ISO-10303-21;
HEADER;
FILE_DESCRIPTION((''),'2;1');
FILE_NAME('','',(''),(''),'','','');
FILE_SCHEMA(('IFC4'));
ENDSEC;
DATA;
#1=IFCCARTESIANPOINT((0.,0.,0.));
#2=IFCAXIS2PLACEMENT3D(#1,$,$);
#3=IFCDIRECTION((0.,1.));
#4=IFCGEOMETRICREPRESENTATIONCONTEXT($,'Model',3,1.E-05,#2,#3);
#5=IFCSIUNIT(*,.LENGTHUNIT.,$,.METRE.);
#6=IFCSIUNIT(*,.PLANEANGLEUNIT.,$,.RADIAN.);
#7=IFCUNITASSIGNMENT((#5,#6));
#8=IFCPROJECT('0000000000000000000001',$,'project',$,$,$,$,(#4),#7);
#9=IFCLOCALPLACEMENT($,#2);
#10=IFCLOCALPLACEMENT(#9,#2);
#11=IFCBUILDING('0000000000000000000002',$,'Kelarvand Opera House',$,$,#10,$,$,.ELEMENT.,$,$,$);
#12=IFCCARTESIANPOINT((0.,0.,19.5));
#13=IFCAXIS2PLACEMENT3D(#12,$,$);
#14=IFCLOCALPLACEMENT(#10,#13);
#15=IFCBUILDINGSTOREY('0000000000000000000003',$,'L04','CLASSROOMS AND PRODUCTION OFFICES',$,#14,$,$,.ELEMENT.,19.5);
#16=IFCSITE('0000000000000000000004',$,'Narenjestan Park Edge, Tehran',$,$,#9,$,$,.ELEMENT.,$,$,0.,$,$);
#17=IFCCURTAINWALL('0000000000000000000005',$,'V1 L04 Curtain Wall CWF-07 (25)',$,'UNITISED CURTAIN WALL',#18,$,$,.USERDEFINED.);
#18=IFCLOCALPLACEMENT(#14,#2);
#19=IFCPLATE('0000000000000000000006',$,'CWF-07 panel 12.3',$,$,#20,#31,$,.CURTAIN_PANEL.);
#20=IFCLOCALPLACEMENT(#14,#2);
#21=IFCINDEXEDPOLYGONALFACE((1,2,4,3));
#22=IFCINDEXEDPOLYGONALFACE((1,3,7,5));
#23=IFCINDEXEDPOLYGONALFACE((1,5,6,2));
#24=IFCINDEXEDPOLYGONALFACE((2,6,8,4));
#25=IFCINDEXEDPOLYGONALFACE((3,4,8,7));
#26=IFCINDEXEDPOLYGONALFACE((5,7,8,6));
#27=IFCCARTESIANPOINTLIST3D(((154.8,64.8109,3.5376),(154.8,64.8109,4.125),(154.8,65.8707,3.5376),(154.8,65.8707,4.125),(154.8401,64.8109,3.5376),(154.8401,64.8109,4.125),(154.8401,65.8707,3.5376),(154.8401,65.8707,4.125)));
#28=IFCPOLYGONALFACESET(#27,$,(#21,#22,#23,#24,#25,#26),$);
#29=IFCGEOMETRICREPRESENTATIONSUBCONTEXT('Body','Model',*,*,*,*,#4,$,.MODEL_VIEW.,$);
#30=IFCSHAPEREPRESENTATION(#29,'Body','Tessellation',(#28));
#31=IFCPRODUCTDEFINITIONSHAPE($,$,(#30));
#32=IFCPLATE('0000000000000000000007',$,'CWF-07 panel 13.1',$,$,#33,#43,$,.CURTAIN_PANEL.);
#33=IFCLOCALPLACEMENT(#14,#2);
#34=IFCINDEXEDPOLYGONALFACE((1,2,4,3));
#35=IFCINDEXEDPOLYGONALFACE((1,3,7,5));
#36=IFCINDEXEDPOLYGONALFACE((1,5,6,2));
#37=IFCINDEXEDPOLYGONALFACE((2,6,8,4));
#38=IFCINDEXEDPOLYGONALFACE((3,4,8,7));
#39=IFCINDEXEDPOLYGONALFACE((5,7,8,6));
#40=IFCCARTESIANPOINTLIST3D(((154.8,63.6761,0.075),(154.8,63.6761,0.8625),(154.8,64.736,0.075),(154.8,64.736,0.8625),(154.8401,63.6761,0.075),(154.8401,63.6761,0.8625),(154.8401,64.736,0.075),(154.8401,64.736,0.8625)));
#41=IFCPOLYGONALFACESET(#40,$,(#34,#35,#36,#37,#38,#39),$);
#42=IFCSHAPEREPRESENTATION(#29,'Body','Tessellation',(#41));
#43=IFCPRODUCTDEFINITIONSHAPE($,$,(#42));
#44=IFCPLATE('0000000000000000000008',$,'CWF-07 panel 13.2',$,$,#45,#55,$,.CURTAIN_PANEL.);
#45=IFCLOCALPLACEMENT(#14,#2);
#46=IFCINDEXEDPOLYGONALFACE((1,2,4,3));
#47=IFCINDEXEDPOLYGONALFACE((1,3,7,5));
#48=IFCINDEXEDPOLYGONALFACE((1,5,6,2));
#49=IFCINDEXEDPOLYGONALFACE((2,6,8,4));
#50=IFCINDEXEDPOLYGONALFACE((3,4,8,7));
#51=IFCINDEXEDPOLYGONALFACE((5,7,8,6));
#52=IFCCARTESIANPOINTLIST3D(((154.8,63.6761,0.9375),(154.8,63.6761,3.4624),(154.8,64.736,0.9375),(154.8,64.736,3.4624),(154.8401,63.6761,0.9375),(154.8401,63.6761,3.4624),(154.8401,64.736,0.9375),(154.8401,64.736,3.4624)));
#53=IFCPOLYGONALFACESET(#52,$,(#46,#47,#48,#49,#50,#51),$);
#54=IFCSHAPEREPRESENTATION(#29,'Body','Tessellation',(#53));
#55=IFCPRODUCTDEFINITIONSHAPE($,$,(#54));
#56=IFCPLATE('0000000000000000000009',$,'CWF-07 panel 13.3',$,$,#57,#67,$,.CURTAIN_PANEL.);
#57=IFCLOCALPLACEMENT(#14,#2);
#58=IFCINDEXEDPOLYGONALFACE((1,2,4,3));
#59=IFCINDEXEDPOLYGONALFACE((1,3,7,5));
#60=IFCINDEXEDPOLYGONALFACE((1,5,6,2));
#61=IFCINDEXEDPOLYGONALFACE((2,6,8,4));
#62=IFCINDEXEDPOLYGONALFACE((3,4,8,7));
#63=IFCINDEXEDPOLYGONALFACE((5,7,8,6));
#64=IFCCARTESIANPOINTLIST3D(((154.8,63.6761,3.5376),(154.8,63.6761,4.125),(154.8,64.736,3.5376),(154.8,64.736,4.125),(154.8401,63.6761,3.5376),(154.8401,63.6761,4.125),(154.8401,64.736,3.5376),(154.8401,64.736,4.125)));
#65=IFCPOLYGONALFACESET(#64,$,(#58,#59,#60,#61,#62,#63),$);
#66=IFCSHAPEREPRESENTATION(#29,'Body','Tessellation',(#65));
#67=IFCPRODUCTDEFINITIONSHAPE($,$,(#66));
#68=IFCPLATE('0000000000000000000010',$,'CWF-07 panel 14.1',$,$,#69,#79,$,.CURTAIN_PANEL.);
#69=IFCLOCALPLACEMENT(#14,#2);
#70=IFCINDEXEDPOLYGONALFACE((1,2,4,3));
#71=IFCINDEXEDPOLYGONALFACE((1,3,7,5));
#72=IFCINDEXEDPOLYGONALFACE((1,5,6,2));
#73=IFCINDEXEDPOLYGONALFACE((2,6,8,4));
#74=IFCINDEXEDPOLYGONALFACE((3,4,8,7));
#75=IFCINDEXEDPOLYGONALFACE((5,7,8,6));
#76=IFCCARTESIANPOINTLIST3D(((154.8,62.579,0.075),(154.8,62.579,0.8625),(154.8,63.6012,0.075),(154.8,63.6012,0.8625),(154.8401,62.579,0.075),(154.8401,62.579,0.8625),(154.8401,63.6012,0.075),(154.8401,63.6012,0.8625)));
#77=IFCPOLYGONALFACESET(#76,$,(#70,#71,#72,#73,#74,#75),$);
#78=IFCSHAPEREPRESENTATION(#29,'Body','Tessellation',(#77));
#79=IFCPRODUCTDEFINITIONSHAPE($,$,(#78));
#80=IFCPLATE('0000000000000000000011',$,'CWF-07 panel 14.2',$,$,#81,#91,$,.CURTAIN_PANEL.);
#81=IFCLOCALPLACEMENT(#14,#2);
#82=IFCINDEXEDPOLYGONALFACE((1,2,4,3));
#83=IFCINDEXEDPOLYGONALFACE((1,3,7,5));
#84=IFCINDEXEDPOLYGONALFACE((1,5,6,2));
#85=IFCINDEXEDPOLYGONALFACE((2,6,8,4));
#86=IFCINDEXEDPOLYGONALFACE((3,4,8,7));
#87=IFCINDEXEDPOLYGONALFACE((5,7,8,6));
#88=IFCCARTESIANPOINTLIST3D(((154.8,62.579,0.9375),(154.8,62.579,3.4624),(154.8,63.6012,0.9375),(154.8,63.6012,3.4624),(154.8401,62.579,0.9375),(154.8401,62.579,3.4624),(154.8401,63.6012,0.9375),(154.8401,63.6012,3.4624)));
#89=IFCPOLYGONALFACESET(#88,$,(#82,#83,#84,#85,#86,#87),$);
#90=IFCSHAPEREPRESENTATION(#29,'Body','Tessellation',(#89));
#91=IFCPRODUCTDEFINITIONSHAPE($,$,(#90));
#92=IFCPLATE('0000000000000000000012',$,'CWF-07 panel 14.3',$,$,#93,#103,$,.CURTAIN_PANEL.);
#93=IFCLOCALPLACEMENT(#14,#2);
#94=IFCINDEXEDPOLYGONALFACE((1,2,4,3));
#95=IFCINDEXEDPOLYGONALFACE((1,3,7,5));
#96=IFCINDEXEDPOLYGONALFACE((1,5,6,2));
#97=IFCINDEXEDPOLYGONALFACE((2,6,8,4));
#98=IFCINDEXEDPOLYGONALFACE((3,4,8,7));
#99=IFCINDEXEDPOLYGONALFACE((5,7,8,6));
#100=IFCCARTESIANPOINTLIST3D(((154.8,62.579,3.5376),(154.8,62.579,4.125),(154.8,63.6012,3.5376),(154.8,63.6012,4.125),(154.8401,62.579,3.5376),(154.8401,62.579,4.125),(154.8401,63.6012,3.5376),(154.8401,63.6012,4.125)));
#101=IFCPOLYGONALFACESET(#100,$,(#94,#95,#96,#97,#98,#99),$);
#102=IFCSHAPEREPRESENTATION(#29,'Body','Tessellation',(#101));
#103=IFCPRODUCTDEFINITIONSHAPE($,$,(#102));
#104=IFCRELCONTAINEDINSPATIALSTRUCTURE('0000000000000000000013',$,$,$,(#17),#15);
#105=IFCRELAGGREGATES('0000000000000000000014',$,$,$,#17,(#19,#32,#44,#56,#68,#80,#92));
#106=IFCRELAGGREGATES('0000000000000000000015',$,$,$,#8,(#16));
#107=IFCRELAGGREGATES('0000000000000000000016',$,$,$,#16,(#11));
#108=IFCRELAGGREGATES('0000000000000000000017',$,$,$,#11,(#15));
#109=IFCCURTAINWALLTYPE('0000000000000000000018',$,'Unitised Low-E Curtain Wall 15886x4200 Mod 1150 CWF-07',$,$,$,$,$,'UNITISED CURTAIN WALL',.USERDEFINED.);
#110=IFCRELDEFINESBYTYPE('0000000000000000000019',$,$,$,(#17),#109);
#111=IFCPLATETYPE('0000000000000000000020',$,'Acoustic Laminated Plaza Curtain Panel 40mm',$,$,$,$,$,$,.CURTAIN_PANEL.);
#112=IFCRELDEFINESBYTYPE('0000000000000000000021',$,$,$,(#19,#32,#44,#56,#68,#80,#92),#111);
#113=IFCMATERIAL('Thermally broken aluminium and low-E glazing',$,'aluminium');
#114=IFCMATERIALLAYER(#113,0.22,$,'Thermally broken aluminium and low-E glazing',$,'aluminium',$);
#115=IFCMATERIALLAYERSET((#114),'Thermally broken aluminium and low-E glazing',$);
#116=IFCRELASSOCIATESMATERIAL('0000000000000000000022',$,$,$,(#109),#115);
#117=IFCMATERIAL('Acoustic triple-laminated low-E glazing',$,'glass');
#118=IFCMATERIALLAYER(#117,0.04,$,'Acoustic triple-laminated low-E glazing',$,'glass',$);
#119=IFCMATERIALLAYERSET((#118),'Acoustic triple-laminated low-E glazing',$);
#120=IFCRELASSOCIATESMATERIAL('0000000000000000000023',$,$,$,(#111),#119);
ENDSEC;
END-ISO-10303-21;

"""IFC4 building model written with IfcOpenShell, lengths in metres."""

from ifc_helpers import new_model, si_unit, direction, frame, origin, origin_2d, place, context, subcontext, project, spatial, rectangle, extrude, material, layer, layer_set, type_object, element, aggregate, save


model = new_model("IFC4")

# Units and contexts
model_context = context("Model", 3, precision=1e-05, world=origin(), true_north=direction((0.0, 1.0)))
body_context = subcontext(model_context, "Body", "Model", "MODEL_VIEW")
ifc_project = project(units=[si_unit("LENGTHUNIT", "METRE"), si_unit("PLANEANGLEUNIT", "RADIAN")], contexts=[model_context])

# Site, building, storey
site_placement = place(None, origin())
site = spatial("IfcSite", under=ifc_project, at=site_placement, Name="Narenjestan Park Edge, Tehran", CompositionType="ELEMENT", RefElevation=0.0)
building_placement = place(site_placement, origin())
building = spatial("IfcBuilding", under=site, at=building_placement, Name="Kelarvand Opera House", CompositionType="ELEMENT")
storey_placement = place(building_placement, frame((0.0, 0.0, 19.5)))
storey = spatial("IfcBuildingStorey", under=building, at=storey_placement, Name="L04", Description="CLASSROOMS AND PRODUCTION OFFICES", CompositionType="ELEMENT", Elevation=19.5)

# Curtain wall, plates
ifc_material_1 = material(Name="Thermally broken aluminium and low-E glazing", Category="aluminium")
ifc_layer_1 = layer(ifc_material_1, 0.22, Name="Thermally broken aluminium and low-E glazing", Category="aluminium")
ifc_layer_set_1 = layer_set([ifc_layer_1], Name="Thermally broken aluminium and low-E glazing")
curtain_wall_type = type_object("IfcCurtainWallType", Name="Unitised Low-E Curtain Wall 15886x4200 Mod 1150 CWF-07", ElementType="UNITISED CURTAIN WALL", PredefinedType="USERDEFINED", material=ifc_layer_set_1)
curtain_wall_placement = place(storey_placement, origin())
curtain_wall = element("IfcCurtainWall", 1, at=curtain_wall_placement, inside=storey, type_object=curtain_wall_type, Name="V1 L04 Curtain Wall CWF-07 (25)", ObjectType="UNITISED CURTAIN WALL", PredefinedType="USERDEFINED")
ifc_material_2 = material(Name="Acoustic triple-laminated low-E glazing", Category="glass")
ifc_layer_2 = layer(ifc_material_2, 0.04, Name="Acoustic triple-laminated low-E glazing", Category="glass")
ifc_layer_set_2 = layer_set([ifc_layer_2], Name="Acoustic triple-laminated low-E glazing")
plate_type = type_object("IfcPlateType", Name="Acoustic Laminated Plaza Curtain Panel 40mm", PredefinedType="CURTAIN_PANEL", material=ifc_layer_set_2)
plate_1_placement = place(storey_placement, frame((154.8201, 65.3408, 3.5376), z_axis=(0.0, 0.0, 1.0), x_axis=(0.0, -1.0, 0.0)))
plate_1 = element("IfcPlate", 2, at=plate_1_placement, type_object=plate_type, Name="CWF-07 panel 12.3", PredefinedType="CURTAIN_PANEL", context=body_context, shape_type="SweptSolid", body=[
    extrude(rectangle(XDim=1.0598, YDim=0.04, at=origin_2d()), origin(), (0.0, 0.0, 1.0), 0.5874),
])
plate_2_placement = place(storey_placement, frame((154.8201, 64.2061, 0.075), z_axis=(0.0, 0.0, 1.0), x_axis=(0.0, -1.0, 0.0)))
plate_2 = element("IfcPlate", 3, at=plate_2_placement, type_object=plate_type, Name="CWF-07 panel 13.1", PredefinedType="CURTAIN_PANEL", context=body_context, shape_type="SweptSolid", body=[
    extrude(rectangle(XDim=1.0598, YDim=0.04, at=origin_2d()), origin(), (0.0, 0.0, 1.0), 0.7876),
])
plate_3_placement = place(storey_placement, frame((154.8201, 64.2061, 0.9375), z_axis=(0.0, 0.0, 1.0), x_axis=(0.0, -1.0, 0.0)))
plate_3 = element("IfcPlate", 4, at=plate_3_placement, type_object=plate_type, Name="CWF-07 panel 13.2", PredefinedType="CURTAIN_PANEL", context=body_context, shape_type="SweptSolid", body=[
    extrude(rectangle(XDim=1.0598, YDim=0.04, at=origin_2d()), origin(), (0.0, 0.0, 1.0), 2.5249),
])
plate_4_placement = place(storey_placement, frame((154.8201, 64.2061, 3.5376), z_axis=(0.0, 0.0, 1.0), x_axis=(0.0, -1.0, 0.0)))
plate_4 = element("IfcPlate", 5, at=plate_4_placement, type_object=plate_type, Name="CWF-07 panel 13.3", PredefinedType="CURTAIN_PANEL", context=body_context, shape_type="SweptSolid", body=[
    extrude(rectangle(XDim=1.0598, YDim=0.04, at=origin_2d()), origin(), (0.0, 0.0, 1.0), 0.5874),
])
plate_5_placement = place(storey_placement, frame((154.8201, 63.0901, 0.075), z_axis=(0.0, 0.0, 1.0), x_axis=(0.0, -1.0, 0.0)))
plate_5 = element("IfcPlate", 6, at=plate_5_placement, type_object=plate_type, Name="CWF-07 panel 14.1", PredefinedType="CURTAIN_PANEL", context=body_context, shape_type="SweptSolid", body=[
    extrude(rectangle(XDim=1.0222, YDim=0.04, at=origin_2d()), origin(), (0.0, 0.0, 1.0), 0.7876),
])
plate_6_placement = place(storey_placement, frame((154.8201, 63.0901, 0.9375), z_axis=(0.0, 0.0, 1.0), x_axis=(0.0, -1.0, 0.0)))
plate_6 = element("IfcPlate", 7, at=plate_6_placement, type_object=plate_type, Name="CWF-07 panel 14.2", PredefinedType="CURTAIN_PANEL", context=body_context, shape_type="SweptSolid", body=[
    extrude(rectangle(XDim=1.0222, YDim=0.04, at=origin_2d()), origin(), (0.0, 0.0, 1.0), 2.5249),
])
plate_7_placement = place(storey_placement, frame((154.8201, 63.0901, 3.5376), z_axis=(0.0, 0.0, 1.0), x_axis=(0.0, -1.0, 0.0)))
plate_7 = element("IfcPlate", 8, at=plate_7_placement, type_object=plate_type, Name="CWF-07 panel 14.3", PredefinedType="CURTAIN_PANEL", context=body_context, shape_type="SweptSolid", body=[
    extrude(rectangle(XDim=1.0222, YDim=0.04, at=origin_2d()), origin(), (0.0, 0.0, 1.0), 0.5874),
])
aggregate(curtain_wall, [plate_1, plate_2, plate_3, plate_4, plate_5, plate_6, plate_7])

save(model, "model.ifc")
